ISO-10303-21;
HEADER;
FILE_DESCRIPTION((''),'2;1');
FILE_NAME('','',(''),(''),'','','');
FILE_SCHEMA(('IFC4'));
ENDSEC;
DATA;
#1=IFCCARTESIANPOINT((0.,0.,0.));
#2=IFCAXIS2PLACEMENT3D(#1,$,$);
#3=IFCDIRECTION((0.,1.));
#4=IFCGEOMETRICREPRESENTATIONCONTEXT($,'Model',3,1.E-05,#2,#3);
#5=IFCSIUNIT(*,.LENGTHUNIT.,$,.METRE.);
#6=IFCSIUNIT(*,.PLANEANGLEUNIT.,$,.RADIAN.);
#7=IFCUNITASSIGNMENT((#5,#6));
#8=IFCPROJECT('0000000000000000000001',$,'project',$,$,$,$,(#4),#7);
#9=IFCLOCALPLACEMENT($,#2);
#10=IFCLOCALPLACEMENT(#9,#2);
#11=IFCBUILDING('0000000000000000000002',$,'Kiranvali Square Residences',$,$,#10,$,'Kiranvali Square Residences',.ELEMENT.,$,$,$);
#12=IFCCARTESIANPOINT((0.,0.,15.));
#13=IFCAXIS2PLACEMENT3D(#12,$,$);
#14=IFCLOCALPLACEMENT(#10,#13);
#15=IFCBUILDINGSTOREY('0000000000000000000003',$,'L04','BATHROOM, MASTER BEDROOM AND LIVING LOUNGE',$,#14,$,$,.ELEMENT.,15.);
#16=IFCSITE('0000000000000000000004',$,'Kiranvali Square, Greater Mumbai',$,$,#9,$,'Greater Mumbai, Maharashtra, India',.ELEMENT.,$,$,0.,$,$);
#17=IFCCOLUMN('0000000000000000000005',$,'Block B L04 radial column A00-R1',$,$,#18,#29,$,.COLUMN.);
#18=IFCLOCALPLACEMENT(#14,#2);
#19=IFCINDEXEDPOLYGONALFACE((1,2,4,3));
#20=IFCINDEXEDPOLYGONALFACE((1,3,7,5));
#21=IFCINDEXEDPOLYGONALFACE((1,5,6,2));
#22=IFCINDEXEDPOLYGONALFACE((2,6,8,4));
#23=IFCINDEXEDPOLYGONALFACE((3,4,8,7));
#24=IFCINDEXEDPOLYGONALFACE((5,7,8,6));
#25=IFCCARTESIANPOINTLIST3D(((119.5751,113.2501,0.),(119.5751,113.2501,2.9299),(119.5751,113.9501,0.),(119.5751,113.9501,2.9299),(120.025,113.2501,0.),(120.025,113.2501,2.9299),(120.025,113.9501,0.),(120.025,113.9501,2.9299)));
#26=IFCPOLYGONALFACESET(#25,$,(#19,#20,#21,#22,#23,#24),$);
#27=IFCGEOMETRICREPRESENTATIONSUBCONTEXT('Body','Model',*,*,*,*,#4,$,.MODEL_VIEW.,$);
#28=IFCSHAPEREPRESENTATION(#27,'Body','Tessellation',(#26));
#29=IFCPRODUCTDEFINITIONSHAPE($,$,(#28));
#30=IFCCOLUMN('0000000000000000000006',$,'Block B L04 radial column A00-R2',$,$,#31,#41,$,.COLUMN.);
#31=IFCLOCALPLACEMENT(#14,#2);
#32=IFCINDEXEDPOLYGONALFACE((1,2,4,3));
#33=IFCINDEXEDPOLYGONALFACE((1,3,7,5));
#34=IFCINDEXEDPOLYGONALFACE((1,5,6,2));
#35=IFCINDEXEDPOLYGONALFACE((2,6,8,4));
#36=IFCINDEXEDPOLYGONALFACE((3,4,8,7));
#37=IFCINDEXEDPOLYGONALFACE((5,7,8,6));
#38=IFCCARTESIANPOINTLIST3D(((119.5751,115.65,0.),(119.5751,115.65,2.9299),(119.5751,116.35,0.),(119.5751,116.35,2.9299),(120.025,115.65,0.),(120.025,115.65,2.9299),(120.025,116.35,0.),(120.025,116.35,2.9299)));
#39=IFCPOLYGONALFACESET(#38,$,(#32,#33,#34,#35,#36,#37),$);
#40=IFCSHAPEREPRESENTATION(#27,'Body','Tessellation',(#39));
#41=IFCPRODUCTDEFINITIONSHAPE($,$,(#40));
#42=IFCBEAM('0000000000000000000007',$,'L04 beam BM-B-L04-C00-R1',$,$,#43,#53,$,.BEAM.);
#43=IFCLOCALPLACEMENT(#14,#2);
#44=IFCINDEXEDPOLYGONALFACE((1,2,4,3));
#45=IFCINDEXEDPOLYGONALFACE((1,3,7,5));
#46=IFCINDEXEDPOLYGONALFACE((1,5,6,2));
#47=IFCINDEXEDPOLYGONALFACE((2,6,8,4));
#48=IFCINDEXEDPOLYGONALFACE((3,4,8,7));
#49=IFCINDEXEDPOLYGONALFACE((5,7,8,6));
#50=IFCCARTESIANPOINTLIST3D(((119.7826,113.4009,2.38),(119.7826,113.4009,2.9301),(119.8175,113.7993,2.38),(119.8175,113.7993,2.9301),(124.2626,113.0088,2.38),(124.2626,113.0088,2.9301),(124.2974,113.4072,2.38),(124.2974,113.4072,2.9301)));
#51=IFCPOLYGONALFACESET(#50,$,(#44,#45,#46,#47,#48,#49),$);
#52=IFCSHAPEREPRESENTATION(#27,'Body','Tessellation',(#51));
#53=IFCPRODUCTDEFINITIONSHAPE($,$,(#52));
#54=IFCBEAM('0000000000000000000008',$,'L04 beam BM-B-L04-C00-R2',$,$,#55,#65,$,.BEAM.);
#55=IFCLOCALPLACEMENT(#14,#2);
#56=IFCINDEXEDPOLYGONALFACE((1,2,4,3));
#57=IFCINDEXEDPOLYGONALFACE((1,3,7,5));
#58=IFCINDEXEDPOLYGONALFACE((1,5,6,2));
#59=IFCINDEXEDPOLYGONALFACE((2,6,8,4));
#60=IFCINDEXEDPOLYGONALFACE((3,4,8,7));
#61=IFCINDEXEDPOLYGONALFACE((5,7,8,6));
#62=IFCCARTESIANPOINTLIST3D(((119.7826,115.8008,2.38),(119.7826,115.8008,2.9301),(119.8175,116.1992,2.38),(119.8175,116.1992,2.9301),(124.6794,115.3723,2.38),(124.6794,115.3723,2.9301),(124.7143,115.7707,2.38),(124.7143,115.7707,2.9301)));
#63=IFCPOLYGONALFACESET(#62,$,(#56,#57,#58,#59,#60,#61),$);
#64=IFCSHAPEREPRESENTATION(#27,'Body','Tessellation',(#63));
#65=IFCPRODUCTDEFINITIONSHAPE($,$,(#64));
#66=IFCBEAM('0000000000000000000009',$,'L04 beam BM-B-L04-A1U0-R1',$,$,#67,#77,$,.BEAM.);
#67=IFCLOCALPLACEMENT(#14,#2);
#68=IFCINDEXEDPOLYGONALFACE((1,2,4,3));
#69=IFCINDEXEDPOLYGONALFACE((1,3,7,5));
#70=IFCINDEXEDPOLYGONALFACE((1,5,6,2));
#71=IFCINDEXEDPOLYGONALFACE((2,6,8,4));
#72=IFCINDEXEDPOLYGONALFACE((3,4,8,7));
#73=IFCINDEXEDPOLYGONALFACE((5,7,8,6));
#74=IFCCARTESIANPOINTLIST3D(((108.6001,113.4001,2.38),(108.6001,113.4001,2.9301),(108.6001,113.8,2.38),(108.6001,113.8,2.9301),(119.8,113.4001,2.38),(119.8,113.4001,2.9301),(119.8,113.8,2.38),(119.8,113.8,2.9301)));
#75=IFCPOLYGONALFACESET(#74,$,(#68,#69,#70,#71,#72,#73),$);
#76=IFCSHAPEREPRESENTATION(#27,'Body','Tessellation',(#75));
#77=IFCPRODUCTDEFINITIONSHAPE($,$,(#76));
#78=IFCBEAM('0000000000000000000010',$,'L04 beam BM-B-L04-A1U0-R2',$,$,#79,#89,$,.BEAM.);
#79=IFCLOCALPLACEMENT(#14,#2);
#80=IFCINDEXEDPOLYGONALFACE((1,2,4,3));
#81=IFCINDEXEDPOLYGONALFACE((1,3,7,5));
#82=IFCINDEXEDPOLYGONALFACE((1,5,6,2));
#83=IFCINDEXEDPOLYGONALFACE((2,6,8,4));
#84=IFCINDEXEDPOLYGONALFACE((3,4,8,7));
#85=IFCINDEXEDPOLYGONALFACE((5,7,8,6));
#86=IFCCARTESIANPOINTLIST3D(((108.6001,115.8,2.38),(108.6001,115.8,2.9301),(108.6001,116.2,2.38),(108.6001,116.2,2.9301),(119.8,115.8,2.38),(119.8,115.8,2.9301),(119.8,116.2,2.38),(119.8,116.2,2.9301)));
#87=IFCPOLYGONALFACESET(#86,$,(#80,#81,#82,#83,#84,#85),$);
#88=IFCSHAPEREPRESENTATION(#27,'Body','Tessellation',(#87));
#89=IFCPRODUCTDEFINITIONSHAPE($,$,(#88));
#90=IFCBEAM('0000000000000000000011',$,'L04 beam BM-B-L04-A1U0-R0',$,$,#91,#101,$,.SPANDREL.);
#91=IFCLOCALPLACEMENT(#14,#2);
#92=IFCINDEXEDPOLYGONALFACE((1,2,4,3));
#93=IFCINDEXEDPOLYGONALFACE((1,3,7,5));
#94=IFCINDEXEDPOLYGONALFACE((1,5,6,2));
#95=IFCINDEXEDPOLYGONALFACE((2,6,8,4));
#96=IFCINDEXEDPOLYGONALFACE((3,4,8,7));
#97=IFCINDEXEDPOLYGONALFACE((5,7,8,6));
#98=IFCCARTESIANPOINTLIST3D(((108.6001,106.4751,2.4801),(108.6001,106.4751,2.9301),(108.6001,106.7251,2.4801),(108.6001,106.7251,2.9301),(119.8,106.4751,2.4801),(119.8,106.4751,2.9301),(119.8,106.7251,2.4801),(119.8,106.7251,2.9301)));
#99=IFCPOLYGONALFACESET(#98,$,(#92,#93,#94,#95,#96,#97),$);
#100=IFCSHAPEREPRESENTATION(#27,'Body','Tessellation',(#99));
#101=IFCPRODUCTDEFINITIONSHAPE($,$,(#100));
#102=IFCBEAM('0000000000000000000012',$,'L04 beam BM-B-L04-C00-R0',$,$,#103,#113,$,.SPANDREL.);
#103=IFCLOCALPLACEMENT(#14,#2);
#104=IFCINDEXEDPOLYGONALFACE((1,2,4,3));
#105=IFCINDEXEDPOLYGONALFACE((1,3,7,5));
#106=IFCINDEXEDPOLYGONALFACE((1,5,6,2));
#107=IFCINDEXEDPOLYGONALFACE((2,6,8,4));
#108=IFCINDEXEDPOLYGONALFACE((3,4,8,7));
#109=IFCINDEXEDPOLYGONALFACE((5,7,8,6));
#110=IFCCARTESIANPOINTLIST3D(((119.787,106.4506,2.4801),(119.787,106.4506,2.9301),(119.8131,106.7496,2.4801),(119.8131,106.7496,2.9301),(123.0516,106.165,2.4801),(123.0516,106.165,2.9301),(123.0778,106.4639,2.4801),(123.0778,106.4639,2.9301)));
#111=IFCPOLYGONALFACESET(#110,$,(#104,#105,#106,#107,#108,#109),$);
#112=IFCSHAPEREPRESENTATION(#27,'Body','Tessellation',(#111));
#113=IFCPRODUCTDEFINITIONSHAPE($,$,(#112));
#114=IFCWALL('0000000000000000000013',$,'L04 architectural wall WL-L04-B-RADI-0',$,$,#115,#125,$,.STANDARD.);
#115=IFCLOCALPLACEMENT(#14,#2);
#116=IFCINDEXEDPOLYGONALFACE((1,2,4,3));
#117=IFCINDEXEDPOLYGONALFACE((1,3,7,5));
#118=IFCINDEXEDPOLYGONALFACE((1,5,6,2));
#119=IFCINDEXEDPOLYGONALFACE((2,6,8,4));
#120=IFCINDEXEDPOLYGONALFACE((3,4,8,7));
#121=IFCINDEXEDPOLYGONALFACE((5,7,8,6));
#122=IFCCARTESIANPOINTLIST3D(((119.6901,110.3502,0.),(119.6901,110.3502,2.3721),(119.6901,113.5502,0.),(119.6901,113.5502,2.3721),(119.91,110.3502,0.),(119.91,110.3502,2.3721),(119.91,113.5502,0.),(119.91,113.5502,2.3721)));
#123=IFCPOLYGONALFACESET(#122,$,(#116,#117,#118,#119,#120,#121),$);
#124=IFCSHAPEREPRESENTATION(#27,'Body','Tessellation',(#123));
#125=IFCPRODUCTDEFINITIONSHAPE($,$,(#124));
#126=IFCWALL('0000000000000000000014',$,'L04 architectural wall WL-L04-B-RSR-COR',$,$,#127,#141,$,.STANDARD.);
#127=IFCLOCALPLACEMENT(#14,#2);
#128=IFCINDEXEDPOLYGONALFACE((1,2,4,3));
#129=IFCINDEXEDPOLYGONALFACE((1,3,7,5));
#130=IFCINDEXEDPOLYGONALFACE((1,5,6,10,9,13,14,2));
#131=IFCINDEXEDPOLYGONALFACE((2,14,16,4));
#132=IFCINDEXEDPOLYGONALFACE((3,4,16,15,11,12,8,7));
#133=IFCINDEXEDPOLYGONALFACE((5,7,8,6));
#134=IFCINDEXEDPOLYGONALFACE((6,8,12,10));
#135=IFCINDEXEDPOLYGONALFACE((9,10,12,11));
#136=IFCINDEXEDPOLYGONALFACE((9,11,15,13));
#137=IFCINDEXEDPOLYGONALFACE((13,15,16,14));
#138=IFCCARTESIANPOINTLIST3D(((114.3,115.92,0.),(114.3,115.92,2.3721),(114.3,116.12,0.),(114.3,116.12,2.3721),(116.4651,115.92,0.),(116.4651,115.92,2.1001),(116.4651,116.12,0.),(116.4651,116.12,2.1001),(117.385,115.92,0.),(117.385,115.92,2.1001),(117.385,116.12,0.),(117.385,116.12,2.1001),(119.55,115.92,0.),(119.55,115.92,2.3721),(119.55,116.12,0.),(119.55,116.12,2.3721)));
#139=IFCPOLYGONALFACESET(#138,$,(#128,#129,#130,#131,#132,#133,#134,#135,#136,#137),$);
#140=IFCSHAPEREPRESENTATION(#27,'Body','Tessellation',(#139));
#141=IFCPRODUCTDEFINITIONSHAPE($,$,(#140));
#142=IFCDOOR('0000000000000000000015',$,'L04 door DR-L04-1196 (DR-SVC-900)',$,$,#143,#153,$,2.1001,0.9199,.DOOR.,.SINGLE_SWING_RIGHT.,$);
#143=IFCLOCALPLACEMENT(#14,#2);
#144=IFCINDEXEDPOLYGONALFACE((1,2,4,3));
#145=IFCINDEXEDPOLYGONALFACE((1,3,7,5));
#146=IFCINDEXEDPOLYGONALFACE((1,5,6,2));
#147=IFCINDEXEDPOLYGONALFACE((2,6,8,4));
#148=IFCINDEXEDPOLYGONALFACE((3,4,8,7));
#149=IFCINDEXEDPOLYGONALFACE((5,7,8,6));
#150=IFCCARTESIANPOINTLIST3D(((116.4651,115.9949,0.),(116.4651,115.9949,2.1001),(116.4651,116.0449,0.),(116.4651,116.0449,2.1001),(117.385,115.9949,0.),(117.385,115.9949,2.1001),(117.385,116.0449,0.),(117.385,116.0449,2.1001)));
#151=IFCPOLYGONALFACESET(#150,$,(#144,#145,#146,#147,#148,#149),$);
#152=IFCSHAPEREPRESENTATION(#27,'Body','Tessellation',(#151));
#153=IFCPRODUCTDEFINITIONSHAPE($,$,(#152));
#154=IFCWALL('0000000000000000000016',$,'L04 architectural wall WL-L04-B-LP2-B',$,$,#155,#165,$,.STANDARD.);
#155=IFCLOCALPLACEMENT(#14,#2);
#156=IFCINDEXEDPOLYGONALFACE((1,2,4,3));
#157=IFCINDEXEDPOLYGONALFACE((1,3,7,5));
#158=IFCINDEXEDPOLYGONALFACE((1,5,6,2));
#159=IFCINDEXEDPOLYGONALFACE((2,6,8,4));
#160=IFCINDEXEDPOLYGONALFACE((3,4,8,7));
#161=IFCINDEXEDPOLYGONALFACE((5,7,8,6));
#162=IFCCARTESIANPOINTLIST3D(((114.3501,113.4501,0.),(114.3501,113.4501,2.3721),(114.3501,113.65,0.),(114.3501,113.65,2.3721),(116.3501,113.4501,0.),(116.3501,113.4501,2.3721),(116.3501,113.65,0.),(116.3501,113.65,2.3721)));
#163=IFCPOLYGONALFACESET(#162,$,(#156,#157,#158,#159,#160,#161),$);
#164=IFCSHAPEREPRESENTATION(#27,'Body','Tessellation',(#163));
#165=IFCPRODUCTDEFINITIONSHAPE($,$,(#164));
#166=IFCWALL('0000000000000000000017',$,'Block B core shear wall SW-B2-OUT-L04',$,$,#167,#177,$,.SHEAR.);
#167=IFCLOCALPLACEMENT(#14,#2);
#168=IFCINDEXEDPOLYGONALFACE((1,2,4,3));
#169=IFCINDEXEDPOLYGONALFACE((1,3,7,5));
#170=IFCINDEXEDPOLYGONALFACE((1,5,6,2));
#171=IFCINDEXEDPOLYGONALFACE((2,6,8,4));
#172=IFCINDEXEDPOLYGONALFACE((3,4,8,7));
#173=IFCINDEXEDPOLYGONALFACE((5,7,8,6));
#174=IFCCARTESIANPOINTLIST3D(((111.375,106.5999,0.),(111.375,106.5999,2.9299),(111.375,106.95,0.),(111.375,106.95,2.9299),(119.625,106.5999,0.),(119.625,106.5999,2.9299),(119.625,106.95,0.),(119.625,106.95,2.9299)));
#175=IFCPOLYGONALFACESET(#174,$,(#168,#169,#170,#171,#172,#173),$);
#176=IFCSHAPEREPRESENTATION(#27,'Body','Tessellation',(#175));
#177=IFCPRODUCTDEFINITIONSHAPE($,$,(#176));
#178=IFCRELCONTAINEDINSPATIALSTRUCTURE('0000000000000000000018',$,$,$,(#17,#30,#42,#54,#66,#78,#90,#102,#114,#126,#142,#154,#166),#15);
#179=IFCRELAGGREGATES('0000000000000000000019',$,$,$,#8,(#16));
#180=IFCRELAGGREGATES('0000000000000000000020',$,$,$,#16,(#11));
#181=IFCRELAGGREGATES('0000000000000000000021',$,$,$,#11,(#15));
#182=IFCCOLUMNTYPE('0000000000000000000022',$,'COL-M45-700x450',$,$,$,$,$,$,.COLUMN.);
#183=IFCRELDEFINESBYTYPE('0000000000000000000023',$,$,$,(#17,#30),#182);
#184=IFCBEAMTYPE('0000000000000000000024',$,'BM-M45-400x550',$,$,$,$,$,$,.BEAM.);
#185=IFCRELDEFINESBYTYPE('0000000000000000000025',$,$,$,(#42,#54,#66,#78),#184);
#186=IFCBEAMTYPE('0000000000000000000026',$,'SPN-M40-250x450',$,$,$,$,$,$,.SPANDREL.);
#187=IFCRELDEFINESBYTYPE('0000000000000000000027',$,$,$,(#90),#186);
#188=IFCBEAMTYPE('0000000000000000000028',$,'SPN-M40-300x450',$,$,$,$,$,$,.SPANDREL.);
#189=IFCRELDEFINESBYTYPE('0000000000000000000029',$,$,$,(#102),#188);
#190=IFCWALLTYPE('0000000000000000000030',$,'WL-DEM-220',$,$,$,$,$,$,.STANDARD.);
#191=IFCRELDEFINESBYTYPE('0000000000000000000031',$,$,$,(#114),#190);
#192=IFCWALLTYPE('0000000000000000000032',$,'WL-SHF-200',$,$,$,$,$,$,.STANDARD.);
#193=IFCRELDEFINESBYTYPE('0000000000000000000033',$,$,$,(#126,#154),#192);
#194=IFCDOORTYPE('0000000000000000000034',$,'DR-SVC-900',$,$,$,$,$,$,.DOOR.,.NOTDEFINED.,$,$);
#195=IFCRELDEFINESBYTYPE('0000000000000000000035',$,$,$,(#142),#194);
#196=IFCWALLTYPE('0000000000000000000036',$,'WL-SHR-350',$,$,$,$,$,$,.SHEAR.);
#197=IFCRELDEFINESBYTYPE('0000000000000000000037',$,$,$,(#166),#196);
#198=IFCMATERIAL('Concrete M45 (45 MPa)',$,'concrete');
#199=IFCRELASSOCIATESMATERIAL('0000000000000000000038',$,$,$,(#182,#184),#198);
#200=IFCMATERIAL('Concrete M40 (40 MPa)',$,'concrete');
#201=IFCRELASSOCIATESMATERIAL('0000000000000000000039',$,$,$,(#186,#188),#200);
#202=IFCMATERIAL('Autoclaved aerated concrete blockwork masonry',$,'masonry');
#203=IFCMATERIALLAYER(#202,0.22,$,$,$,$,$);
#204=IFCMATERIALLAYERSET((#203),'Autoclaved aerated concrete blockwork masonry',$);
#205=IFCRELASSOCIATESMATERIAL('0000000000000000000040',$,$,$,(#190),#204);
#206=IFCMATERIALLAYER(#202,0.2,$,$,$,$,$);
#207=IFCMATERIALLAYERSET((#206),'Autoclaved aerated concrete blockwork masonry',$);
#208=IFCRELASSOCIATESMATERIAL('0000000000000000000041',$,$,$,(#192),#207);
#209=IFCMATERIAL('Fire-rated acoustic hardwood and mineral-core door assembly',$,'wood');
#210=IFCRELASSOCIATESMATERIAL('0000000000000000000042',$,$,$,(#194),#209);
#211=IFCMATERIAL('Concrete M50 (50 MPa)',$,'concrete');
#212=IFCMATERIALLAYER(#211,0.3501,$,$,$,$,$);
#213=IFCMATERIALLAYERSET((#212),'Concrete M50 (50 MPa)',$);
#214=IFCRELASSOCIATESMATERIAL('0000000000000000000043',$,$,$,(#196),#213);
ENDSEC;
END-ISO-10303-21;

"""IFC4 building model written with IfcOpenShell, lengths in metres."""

from ifc_helpers import new_model, si_unit, direction, frame, frame_2d, origin, origin_2d, place, context, subcontext, project, spatial, rectangle, extrude, material, layer, layer_set, material_profile, profile_set, type_object, element, fill, save


model = new_model("IFC4")

# Units and contexts
model_context = context("Model", 3, precision=1e-05, world=origin(), true_north=direction((0.0, 1.0)))
body_context = subcontext(model_context, "Body", "Model", "MODEL_VIEW")
ifc_project = project(units=[si_unit("LENGTHUNIT", "METRE"), si_unit("PLANEANGLEUNIT", "RADIAN")], contexts=[model_context])

# Site, building, storey
site_placement = place(None, origin())
site = spatial("IfcSite", under=ifc_project, at=site_placement, Name="Kiranvali Square, Greater Mumbai", LongName="Greater Mumbai, Maharashtra, India", CompositionType="ELEMENT", RefElevation=0.0)
building_placement = place(site_placement, origin())
building = spatial("IfcBuilding", under=site, at=building_placement, Name="Kiranvali Square Residences", LongName="Kiranvali Square Residences", CompositionType="ELEMENT")
storey_placement = place(building_placement, frame((0.0, 0.0, 15.0)))
storey = spatial("IfcBuildingStorey", under=building, at=storey_placement, Name="L04", Description="BATHROOM, MASTER BEDROOM AND LIVING LOUNGE", CompositionType="ELEMENT", Elevation=15.0)

# Columns
ifc_material_1 = material(Name="Concrete M45 (45 MPa)", Category="concrete")
ifc_material_profile_1 = material_profile(ifc_material_1, rectangle(XDim=0.45, YDim=0.7, at=origin_2d()), Name="RC 700x450")
ifc_profile_set_1 = profile_set([ifc_material_profile_1], Name="Concrete M45 (45 MPa)")
column_type = type_object("IfcColumnType", Name="COL-M45-700x450", PredefinedType="COLUMN", material=ifc_profile_set_1)
for number, where, z_axis, x_axis, name in (
    (1, (119.8, 113.6001, 0.0), (0.0, 0.0, 1.0), (1.0, 0.0, 0.0), "Block B L04 radial column A00-R1"),
    (2, (119.8, 116.0, 0.0), (0.0, 0.0, 1.0), (1.0, 0.0, 0.0), "Block B L04 radial column A00-R2"),
):
    element("IfcColumn", number, at=place(storey_placement, frame(where, z_axis=z_axis, x_axis=x_axis)), inside=storey, type_object=column_type, Name=name, PredefinedType="COLUMN", context=body_context, shape_type="SweptSolid", body=[
        extrude(rectangle(XDim=0.45, YDim=0.7, at=origin_2d()), origin(), (0.0, 0.0, 1.0), 2.9299),
    ])

# Beams
ifc_material_profile_2 = material_profile(ifc_material_1, rectangle(XDim=0.3999, YDim=0.55, at=origin_2d()), Name="RC 400x550")
ifc_profile_set_2 = profile_set([ifc_material_profile_2], Name="Concrete M45 (45 MPa)")
beam_type_1 = type_object("IfcBeamType", Name="BM-M45-400x550", PredefinedType="BEAM", material=ifc_profile_set_2)
beam_1_placement = place(storey_placement, frame((119.8, 113.6001, 2.655), z_axis=(0.996192, -0.087187, 0.0), x_axis=(0.087187, 0.996192, 0.0)))
element("IfcBeam", 3, at=beam_1_placement, inside=storey, type_object=beam_type_1, Name="L04 beam BM-B-L04-C00-R1", PredefinedType="BEAM", context=body_context, shape_type="SweptSolid", body=[
    extrude(rectangle(XDim=0.3999, YDim=0.55, at=origin_2d()), origin(), (0.0, 0.0, 1.0), 4.4971),
])
beam_2_placement = place(storey_placement, frame((119.8, 116.0, 2.655), z_axis=(0.996194, -0.087168, 0.0), x_axis=(0.087168, 0.996194, 0.0)))
element("IfcBeam", 4, at=beam_2_placement, inside=storey, type_object=beam_type_1, Name="L04 beam BM-B-L04-C00-R2", PredefinedType="BEAM", context=body_context, shape_type="SweptSolid", body=[
    extrude(rectangle(XDim=0.3999, YDim=0.55, at=origin_2d()), origin(), (0.0, 0.0, 1.0), 4.9155),
])
for number, where, z_axis, x_axis, name in (
    (5, (119.8, 113.6001, 2.655), (-1.0, 0.0, 0.0), (0.0, -1.0, 0.0), "L04 beam BM-B-L04-A1U0-R1"),
    (6, (119.8, 116.0, 2.655), (-1.0, 0.0, 0.0), (0.0, -1.0, 0.0), "L04 beam BM-B-L04-A1U0-R2"),
):
    element("IfcBeam", number, at=place(storey_placement, frame(where, z_axis=z_axis, x_axis=x_axis)), inside=storey, type_object=beam_type_1, Name=name, PredefinedType="BEAM", context=body_context, shape_type="SweptSolid", body=[
        extrude(rectangle(XDim=0.3999, YDim=0.55, at=origin_2d()), origin(), (0.0, 0.0, 1.0), 11.2),
    ])
ifc_material_2 = material(Name="Concrete M40 (40 MPa)", Category="concrete")
ifc_material_profile_3 = material_profile(ifc_material_2, rectangle(XDim=0.25, YDim=0.45, at=origin_2d()), Name="RC 250x450")
ifc_profile_set_3 = profile_set([ifc_material_profile_3], Name="Concrete M40 (40 MPa)")
beam_type_2 = type_object("IfcBeamType", Name="SPN-M40-250x450", PredefinedType="SPANDREL", material=ifc_profile_set_3)
beam_3_placement = place(storey_placement, frame((119.8, 106.6001, 2.7051), z_axis=(-1.0, 0.0, 0.0), x_axis=(0.0, -1.0, 0.0)))
element("IfcBeam", 7, at=beam_3_placement, inside=storey, type_object=beam_type_2, Name="L04 beam BM-B-L04-A1U0-R0", PredefinedType="SPANDREL", context=body_context, shape_type="SweptSolid", body=[
    extrude(rectangle(XDim=0.25, YDim=0.45, at=origin_2d()), origin(), (0.0, 0.0, 1.0), 11.2),
])
ifc_material_profile_4 = material_profile(ifc_material_2, rectangle(XDim=0.3, YDim=0.45, at=origin_2d()), Name="RC 300x450")
ifc_profile_set_4 = profile_set([ifc_material_profile_4], Name="Concrete M40 (40 MPa)")
beam_type_3 = type_object("IfcBeamType", Name="SPN-M40-300x450", PredefinedType="SPANDREL", material=ifc_profile_set_4)
beam_4_placement = place(storey_placement, frame((119.8, 106.6001, 2.7051), z_axis=(0.996194, -0.087163, 0.0), x_axis=(0.087163, 0.996194, 0.0)))
element("IfcBeam", 8, at=beam_4_placement, inside=storey, type_object=beam_type_3, Name="L04 beam BM-B-L04-C00-R0", PredefinedType="SPANDREL", context=body_context, shape_type="SweptSolid", body=[
    extrude(rectangle(XDim=0.3, YDim=0.45, at=origin_2d()), origin(), (0.0, 0.0, 1.0), 3.2771),
])

# Shared definitions
ifc_material_3 = material(Name="Autoclaved aerated concrete blockwork masonry", Category="masonry")
ifc_material_4 = material(Name="Fire-rated acoustic hardwood and mineral-core door assembly", Category="wood")

# Wall
ifc_layer_1 = layer(ifc_material_3, 0.22)
ifc_layer_set_1 = layer_set([ifc_layer_1], Name="Autoclaved aerated concrete blockwork masonry")
wall_type_1 = type_object("IfcWallType", Name="WL-DEM-220", PredefinedType="STANDARD", material=ifc_layer_set_1)
wall_1_placement = place(storey_placement, frame((119.8, 110.3501, 0.0), z_axis=(0.0, 0.0, 1.0), x_axis=(0.0, 1.0, 0.0)))
element("IfcWall", 9, at=wall_1_placement, inside=storey, type_object=wall_type_1, Name="L04 architectural wall WL-L04-B-RADI-0", PredefinedType="STANDARD", context=body_context, shape_type="SweptSolid", body=[
    extrude(rectangle(XDim=3.2, YDim=0.22, at=frame_2d((1.6001, 0.0))), origin(), (0.0, 0.0, 1.0), 2.3721),
])

# Wall, opening, door
ifc_layer_2 = layer(ifc_material_3, 0.2)
ifc_layer_set_2 = layer_set([ifc_layer_2], Name="Autoclaved aerated concrete blockwork masonry")
wall_type_2 = type_object("IfcWallType", Name="WL-SHF-200", PredefinedType="STANDARD", material=ifc_layer_set_2)
wall_2_placement = place(storey_placement, frame((119.55, 116.02, 0.0), z_axis=(0.0, 0.0, 1.0), x_axis=(-1.0, 0.0, 0.0)))
wall_2 = element("IfcWall", 10, at=wall_2_placement, inside=storey, type_object=wall_type_2, Name="L04 architectural wall WL-L04-B-RSR-COR", PredefinedType="STANDARD", context=body_context, shape_type="SweptSolid", body=[
    extrude(rectangle(XDim=5.25, YDim=0.2, at=frame_2d((2.625, 0.0))), origin(), (0.0, 0.0, 1.0), 2.3721),
])
opening_1_placement = place(wall_2_placement, frame((2.165, 0.0, 0.0)))
opening_1 = element("IfcOpeningElement", 11, at=opening_1_placement, cuts=wall_2, PredefinedType="OPENING", context=body_context, shape_type="SweptSolid", body=[
    extrude(rectangle(XDim=0.9199, YDim=2.1001, at=frame_2d((0.46, 1.05))), frame((0.0, 0.1099, 0.0), z_axis=(0.0, -1.0, 0.0), x_axis=(1.0, 0.0, 0.0)), (0.0, 0.0, 1.0), 0.22),
])
door_type_1 = type_object("IfcDoorType", Name="DR-SVC-900", OperationType="NOTDEFINED", PredefinedType="DOOR", material=ifc_material_4)
door_1_placement = place(opening_1_placement, frame((0.9199, 0.0, 0.0), z_axis=(0.0, 0.0, 1.0), x_axis=(-1.0, 0.0, 0.0)))
door_1 = element("IfcDoor", 12, at=door_1_placement, inside=storey, type_object=door_type_1, Name="L04 door DR-L04-1196 (DR-SVC-900)", OperationType="SINGLE_SWING_RIGHT", OverallHeight=2.1001, OverallWidth=0.9199, PredefinedType="DOOR", context=body_context, shape_type="SweptSolid", body=[
    extrude(rectangle(XDim=0.9199, YDim=2.1001, at=frame_2d((0.46, 1.05))), frame((0.0, 0.0249, 0.0), z_axis=(0.0, -1.0, 0.0), x_axis=(1.0, 0.0, 0.0)), (0.0, 0.0, 1.0), 0.05),
])
fill(opening_1, door_1)

# Walls
wall_3_placement = place(storey_placement, frame((116.3501, 113.55, 0.0), z_axis=(0.0, 0.0, 1.0), x_axis=(-1.0, 0.0, 0.0)))
element("IfcWall", 13, at=wall_3_placement, inside=storey, type_object=wall_type_2, Name="L04 architectural wall WL-L04-B-LP2-B", PredefinedType="STANDARD", context=body_context, shape_type="SweptSolid", body=[
    extrude(rectangle(XDim=2.0, YDim=0.2, at=frame_2d((1.0, 0.0))), origin(), (0.0, 0.0, 1.0), 2.3721),
])
ifc_material_5 = material(Name="Concrete M50 (50 MPa)", Category="concrete")
ifc_layer_3 = layer(ifc_material_5, 0.3501)
ifc_layer_set_3 = layer_set([ifc_layer_3], Name="Concrete M50 (50 MPa)")
wall_type_3 = type_object("IfcWallType", Name="WL-SHR-350", PredefinedType="SHEAR", material=ifc_layer_set_3)
wall_4_placement = place(storey_placement, frame((119.625, 106.7749, 0.0), z_axis=(0.0, 0.0, 1.0), x_axis=(-1.0, 0.0, 0.0)))
element("IfcWall", 14, at=wall_4_placement, inside=storey, type_object=wall_type_3, Name="Block B core shear wall SW-B2-OUT-L04", PredefinedType="SHEAR", context=body_context, shape_type="SweptSolid", body=[
    extrude(rectangle(XDim=8.25, YDim=0.3501, at=frame_2d((4.125, 0.0))), origin(), (0.0, 0.0, 1.0), 2.9299),
])

save(model, "model.ifc")
